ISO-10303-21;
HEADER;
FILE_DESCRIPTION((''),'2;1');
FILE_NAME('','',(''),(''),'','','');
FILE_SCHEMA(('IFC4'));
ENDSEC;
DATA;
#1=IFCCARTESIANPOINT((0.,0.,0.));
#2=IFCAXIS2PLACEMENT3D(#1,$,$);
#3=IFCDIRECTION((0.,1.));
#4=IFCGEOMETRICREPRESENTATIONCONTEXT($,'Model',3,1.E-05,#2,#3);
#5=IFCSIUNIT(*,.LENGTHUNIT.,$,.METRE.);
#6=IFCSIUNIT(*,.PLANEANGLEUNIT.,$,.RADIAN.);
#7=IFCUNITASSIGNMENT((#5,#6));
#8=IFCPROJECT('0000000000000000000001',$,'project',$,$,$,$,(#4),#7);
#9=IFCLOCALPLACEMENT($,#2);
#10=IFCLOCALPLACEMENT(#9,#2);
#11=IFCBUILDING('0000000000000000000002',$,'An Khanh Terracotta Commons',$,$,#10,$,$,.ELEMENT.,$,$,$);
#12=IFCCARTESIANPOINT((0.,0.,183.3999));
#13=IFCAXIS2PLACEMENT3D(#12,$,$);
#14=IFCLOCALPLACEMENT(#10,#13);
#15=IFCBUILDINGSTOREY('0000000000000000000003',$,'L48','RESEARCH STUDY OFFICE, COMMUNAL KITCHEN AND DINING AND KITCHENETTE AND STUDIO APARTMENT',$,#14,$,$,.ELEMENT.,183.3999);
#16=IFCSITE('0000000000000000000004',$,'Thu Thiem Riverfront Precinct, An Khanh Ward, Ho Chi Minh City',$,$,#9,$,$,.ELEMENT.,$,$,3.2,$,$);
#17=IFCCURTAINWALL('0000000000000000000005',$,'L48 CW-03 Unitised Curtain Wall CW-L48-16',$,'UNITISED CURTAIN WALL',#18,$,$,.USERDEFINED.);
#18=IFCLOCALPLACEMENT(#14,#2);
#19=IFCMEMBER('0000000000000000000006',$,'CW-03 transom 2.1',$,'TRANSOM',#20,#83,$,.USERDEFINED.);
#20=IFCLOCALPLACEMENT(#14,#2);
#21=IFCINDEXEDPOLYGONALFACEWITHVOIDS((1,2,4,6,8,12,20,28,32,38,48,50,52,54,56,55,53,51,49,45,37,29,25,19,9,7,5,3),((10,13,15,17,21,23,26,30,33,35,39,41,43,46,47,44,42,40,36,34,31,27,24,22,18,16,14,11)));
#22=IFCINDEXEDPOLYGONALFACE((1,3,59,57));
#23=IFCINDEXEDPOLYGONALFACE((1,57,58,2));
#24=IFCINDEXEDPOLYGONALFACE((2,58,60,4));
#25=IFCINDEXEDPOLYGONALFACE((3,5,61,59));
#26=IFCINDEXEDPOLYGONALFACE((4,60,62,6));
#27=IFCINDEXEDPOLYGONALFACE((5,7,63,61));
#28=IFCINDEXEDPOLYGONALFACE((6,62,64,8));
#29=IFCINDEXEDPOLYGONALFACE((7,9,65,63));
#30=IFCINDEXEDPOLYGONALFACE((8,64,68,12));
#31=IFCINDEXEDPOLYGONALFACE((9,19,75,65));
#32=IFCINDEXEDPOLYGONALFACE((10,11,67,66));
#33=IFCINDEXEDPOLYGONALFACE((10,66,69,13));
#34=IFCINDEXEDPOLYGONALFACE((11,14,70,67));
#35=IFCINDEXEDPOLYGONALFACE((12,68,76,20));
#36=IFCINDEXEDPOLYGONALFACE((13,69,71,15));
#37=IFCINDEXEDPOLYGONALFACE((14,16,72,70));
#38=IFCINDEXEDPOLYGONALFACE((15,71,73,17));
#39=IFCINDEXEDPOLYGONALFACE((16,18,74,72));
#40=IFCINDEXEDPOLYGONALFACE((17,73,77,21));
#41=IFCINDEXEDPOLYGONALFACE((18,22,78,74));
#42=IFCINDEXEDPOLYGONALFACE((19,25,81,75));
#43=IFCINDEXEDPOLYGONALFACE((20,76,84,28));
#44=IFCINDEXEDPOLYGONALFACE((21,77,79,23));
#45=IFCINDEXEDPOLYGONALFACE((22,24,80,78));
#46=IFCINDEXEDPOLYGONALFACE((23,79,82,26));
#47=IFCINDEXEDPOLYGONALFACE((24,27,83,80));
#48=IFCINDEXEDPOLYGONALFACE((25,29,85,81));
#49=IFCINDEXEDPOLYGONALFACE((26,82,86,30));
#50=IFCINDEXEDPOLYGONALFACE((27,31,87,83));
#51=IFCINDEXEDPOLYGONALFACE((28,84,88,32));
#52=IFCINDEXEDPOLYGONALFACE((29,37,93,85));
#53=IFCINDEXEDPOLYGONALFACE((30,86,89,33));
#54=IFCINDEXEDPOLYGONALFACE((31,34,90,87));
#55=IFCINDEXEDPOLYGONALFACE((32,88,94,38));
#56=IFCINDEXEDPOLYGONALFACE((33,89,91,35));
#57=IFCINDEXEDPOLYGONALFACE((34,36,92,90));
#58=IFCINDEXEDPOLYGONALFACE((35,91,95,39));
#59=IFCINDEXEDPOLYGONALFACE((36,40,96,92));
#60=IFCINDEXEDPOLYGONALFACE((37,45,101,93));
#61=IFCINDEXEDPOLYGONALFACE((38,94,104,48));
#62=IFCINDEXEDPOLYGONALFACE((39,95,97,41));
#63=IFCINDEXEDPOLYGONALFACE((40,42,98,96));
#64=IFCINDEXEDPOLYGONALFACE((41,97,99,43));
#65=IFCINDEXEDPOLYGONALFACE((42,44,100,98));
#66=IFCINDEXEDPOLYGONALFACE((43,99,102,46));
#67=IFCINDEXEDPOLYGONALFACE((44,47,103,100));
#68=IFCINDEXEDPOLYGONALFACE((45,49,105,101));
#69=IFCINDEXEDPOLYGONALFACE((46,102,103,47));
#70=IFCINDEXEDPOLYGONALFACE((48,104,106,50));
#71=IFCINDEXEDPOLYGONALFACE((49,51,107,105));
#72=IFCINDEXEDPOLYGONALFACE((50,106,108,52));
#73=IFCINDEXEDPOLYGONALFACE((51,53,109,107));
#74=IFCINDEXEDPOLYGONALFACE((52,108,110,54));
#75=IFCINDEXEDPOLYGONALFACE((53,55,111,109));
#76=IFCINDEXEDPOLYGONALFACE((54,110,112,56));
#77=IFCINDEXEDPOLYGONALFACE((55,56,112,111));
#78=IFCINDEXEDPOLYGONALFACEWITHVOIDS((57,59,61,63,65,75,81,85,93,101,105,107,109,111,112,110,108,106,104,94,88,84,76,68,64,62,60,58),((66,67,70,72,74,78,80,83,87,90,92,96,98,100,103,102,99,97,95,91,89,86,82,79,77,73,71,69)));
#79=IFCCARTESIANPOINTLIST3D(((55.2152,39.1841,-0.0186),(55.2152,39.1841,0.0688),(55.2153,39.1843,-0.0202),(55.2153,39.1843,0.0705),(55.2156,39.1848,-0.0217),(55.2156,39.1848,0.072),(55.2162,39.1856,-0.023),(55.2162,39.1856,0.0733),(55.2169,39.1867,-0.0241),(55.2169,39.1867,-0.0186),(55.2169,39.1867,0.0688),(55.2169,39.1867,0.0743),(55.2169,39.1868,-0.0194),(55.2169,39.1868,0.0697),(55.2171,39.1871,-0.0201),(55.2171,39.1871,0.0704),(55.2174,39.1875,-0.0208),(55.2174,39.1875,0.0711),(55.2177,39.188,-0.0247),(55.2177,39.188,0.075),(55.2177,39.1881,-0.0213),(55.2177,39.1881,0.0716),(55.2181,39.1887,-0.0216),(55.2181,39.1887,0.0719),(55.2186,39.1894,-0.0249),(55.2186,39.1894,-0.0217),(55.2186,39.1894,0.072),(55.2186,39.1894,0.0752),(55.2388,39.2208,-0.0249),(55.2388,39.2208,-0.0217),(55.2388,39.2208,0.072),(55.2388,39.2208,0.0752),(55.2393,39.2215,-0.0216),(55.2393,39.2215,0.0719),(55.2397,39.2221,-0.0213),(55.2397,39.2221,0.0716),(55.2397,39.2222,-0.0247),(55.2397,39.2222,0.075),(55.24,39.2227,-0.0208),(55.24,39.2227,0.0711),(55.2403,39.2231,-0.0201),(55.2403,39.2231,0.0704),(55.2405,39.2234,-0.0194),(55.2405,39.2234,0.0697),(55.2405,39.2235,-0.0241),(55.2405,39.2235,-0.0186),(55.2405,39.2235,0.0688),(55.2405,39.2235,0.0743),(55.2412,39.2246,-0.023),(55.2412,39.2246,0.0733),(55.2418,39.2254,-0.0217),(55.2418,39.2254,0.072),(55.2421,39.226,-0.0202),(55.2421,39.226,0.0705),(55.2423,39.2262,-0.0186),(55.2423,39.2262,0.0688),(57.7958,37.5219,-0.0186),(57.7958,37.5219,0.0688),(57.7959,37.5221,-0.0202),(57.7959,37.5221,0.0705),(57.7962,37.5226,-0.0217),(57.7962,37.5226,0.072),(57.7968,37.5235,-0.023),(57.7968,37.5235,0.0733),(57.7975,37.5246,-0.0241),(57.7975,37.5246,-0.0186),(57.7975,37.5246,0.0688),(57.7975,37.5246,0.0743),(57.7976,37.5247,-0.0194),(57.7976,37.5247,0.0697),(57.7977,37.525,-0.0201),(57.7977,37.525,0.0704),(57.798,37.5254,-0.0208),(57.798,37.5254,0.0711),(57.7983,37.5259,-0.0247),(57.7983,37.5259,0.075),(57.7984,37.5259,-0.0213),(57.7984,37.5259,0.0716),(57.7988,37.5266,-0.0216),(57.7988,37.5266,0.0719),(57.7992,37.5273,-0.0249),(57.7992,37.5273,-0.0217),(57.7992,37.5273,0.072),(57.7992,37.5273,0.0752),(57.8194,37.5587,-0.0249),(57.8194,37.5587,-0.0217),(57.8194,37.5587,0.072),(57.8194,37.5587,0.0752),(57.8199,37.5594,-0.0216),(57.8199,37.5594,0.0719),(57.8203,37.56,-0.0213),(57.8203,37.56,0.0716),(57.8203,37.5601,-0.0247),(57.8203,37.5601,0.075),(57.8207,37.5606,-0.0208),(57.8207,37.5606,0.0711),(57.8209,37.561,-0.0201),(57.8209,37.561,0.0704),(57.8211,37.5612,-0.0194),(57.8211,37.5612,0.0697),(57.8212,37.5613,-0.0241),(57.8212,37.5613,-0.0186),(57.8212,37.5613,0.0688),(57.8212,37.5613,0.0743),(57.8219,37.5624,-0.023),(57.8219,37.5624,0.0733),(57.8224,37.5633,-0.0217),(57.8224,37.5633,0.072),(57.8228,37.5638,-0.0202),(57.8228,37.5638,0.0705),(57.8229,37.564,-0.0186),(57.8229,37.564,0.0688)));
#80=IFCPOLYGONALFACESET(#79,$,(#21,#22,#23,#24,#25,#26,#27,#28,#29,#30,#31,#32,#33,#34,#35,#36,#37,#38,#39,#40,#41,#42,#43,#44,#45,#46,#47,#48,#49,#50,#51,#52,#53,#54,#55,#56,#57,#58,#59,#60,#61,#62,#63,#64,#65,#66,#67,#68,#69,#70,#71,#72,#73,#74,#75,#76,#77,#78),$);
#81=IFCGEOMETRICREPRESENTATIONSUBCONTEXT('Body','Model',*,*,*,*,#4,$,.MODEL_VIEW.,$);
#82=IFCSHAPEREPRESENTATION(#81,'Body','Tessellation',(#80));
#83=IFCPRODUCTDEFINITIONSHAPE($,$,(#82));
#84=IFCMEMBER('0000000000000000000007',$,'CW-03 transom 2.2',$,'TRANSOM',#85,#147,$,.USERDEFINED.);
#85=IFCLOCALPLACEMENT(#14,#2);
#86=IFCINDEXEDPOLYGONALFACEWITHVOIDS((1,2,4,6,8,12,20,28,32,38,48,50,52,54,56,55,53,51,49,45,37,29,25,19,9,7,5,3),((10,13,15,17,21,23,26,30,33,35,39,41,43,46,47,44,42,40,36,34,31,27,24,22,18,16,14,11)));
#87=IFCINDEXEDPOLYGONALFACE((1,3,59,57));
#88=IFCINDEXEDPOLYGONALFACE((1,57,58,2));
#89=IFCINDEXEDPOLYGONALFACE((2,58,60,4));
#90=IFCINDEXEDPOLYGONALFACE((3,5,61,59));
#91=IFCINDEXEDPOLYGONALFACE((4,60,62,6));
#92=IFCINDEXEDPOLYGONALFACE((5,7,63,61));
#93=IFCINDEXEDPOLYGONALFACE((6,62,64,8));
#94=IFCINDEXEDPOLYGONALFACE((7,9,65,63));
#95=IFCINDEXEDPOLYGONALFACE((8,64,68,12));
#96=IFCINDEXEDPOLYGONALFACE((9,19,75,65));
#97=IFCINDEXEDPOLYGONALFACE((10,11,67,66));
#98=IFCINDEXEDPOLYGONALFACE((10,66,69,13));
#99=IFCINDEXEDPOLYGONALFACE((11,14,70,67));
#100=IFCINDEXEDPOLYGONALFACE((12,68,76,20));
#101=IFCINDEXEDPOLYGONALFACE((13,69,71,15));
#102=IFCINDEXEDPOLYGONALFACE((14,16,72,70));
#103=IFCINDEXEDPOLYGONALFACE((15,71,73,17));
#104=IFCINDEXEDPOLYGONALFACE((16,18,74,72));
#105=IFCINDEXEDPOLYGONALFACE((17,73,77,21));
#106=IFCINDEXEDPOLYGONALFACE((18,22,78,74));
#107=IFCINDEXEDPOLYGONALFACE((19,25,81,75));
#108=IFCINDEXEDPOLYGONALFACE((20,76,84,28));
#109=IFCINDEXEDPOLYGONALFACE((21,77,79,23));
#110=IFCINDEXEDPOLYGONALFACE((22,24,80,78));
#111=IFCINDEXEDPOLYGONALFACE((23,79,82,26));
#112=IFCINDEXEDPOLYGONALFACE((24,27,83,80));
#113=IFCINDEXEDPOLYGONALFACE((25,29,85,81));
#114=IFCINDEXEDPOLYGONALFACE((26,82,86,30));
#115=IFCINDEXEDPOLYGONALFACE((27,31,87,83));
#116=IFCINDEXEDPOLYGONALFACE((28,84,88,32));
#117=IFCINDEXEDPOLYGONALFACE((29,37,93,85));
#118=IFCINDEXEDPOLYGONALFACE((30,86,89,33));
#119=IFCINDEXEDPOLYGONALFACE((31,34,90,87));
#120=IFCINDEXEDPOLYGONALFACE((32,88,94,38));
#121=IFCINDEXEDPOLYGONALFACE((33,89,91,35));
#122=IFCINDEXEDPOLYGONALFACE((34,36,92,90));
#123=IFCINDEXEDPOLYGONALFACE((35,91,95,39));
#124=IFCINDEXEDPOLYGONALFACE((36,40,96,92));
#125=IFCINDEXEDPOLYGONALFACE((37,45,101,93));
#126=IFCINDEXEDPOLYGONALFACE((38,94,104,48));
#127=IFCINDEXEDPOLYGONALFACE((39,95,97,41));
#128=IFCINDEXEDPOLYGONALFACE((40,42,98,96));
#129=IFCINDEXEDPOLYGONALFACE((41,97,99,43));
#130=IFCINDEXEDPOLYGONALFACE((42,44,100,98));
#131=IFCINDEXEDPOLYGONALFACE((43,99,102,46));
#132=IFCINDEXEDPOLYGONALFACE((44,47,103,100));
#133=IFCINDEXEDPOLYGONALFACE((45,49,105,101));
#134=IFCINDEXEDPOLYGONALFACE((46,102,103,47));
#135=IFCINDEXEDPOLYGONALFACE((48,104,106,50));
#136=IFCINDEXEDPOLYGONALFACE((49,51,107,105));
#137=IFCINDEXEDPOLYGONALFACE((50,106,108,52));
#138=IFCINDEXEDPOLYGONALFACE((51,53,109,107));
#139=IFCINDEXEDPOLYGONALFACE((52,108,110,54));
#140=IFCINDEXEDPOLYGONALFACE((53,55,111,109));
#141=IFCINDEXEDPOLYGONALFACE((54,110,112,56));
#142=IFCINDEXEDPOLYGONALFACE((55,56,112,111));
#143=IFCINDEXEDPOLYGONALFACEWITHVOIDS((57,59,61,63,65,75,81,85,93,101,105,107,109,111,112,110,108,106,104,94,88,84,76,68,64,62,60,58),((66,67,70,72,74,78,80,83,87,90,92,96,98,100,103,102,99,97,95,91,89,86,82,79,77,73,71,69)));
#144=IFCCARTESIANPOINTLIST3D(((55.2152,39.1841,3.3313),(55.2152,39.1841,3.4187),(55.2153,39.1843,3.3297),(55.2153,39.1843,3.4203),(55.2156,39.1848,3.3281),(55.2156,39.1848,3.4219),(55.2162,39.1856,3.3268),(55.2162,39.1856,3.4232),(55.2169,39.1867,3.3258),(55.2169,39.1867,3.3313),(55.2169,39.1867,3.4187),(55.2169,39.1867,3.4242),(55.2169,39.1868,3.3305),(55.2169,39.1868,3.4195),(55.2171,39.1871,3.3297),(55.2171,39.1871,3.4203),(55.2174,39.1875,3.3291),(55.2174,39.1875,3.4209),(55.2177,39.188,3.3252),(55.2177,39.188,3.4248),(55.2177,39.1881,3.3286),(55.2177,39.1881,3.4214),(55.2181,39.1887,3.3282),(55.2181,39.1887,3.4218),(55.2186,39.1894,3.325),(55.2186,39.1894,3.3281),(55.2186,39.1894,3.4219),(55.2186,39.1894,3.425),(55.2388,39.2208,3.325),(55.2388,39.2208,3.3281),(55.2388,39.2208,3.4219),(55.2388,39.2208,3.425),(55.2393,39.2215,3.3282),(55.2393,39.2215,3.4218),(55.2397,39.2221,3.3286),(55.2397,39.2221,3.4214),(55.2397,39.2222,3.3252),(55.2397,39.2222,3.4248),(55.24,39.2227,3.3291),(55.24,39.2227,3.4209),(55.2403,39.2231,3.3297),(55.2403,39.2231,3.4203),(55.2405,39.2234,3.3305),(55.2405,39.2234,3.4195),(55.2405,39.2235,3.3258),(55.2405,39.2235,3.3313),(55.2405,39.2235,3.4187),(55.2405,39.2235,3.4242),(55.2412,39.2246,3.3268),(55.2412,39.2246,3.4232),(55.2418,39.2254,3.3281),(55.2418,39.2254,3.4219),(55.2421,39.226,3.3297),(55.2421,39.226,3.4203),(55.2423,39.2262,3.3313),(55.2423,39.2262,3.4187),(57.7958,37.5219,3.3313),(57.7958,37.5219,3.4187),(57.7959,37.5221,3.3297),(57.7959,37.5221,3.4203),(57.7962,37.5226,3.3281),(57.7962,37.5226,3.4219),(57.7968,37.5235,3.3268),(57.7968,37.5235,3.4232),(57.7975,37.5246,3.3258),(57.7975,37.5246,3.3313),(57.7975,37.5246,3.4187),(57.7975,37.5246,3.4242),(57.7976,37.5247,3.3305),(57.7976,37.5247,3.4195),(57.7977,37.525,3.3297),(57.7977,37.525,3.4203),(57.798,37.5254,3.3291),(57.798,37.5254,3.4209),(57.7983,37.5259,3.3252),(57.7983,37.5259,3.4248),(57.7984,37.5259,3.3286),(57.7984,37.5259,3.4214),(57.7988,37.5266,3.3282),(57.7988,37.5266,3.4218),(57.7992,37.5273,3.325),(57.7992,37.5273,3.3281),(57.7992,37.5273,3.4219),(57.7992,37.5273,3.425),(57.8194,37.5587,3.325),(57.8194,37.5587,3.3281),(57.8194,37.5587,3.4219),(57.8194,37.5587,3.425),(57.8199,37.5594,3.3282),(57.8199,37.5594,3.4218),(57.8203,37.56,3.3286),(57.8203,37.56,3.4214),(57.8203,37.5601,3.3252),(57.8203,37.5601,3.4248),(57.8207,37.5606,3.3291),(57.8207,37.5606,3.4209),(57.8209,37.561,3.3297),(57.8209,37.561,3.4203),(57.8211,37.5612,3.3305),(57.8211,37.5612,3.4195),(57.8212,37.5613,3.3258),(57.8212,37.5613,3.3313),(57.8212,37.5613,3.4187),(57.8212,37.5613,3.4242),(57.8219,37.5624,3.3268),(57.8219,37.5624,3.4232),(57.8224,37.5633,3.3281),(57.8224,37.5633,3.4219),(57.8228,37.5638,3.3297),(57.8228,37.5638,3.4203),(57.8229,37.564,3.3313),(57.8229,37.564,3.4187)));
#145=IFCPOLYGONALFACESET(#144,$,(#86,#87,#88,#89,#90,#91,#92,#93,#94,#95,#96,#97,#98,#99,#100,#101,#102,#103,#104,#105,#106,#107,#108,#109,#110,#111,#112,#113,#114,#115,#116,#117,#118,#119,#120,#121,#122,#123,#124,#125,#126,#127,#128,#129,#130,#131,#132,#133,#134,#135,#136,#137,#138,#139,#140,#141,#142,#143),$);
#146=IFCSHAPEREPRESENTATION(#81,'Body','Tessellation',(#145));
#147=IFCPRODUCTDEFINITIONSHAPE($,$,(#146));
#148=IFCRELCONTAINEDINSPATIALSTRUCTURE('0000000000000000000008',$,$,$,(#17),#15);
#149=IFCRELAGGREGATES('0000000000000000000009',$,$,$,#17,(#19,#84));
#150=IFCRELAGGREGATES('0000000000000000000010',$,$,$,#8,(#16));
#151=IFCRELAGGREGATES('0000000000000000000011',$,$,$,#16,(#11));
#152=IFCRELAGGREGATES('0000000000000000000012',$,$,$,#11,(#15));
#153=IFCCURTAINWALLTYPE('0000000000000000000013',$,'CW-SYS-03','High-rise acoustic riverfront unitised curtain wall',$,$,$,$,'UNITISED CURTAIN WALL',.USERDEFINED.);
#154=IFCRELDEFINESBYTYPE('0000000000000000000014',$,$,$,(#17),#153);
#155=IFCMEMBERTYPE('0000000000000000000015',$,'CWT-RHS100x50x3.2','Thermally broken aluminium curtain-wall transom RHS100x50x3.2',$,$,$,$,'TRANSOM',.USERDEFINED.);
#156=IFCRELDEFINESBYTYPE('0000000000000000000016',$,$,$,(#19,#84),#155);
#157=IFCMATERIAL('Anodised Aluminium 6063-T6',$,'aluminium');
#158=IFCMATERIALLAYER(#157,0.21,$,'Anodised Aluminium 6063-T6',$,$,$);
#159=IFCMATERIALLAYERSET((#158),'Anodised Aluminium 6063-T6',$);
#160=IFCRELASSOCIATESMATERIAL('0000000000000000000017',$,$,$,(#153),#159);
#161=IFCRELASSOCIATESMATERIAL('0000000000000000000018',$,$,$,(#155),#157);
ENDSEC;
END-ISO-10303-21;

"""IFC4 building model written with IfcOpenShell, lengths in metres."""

from ifc_helpers import new_model, si_unit, direction, frame, origin, origin_2d, place, context, subcontext, project, spatial, hollow_rectangle, extrude, material, layer, layer_set, material_profile, profile_set, type_object, element, aggregate, save


model = new_model("IFC4")

# Units and contexts
model_context = context("Model", 3, precision=1e-05, world=origin(), true_north=direction((0.0, 1.0)))
body_context = subcontext(model_context, "Body", "Model", "MODEL_VIEW")
ifc_project = project(units=[si_unit("LENGTHUNIT", "METRE"), si_unit("PLANEANGLEUNIT", "RADIAN")], contexts=[model_context])

# Site, building, storey
site_placement = place(None, origin())
site = spatial("IfcSite", under=ifc_project, at=site_placement, Name="Thu Thiem Riverfront Precinct, An Khanh Ward, Ho Chi Minh City", CompositionType="ELEMENT", RefElevation=3.2)
building_placement = place(site_placement, origin())
building = spatial("IfcBuilding", under=site, at=building_placement, Name="An Khanh Terracotta Commons", CompositionType="ELEMENT")
storey_placement = place(building_placement, frame((0.0, 0.0, 183.3999)))
storey = spatial("IfcBuildingStorey", under=building, at=storey_placement, Name="L48", Description="RESEARCH STUDY OFFICE, COMMUNAL KITCHEN AND DINING AND KITCHENETTE AND STUDIO APARTMENT", CompositionType="ELEMENT", Elevation=183.3999)

# Curtain wall, members
ifc_material_1 = material(Name="Anodised Aluminium 6063-T6", Category="aluminium")
ifc_layer_1 = layer(ifc_material_1, 0.21, Name="Anodised Aluminium 6063-T6")
ifc_layer_set_1 = layer_set([ifc_layer_1], Name="Anodised Aluminium 6063-T6")
curtain_wall_type_1 = type_object("IfcCurtainWallType", Name="CW-SYS-03", Description="High-rise acoustic riverfront unitised curtain wall", ElementType="UNITISED CURTAIN WALL", PredefinedType="USERDEFINED", material=ifc_layer_set_1)
curtain_wall_1_placement = place(storey_placement, origin())
curtain_wall_1 = element("IfcCurtainWall", 1, at=curtain_wall_1_placement, inside=storey, type_object=curtain_wall_type_1, Name="L48 CW-03 Unitised Curtain Wall CW-L48-16", ObjectType="UNITISED CURTAIN WALL", PredefinedType="USERDEFINED")
ifc_material_profile_1 = material_profile(ifc_material_1, hollow_rectangle(XDim=0.05, YDim=0.1001, WallThickness=0.0032, InnerFilletRadius=0.0032, OuterFilletRadius=0.0063, at=origin_2d()), Name="RHS100x50x3.2")
ifc_profile_set_1 = profile_set([ifc_material_profile_1], Name="Anodised Aluminium 6063-T6")
member_type_1 = type_object("IfcMemberType", Name="CWT-RHS100x50x3.2", Description="Thermally broken aluminium curtain-wall transom RHS100x50x3.2", ElementType="TRANSOM", PredefinedType="USERDEFINED", material=ifc_profile_set_1)
member_1_placement = place(storey_placement, frame((57.8093, 37.543, 0.0251), z_axis=(-0.840708, 0.541489, 0.0), x_axis=(-0.541489, -0.840708, 0.0)))
member_1 = element("IfcMember", 2, at=member_1_placement, type_object=member_type_1, Name="CW-03 transom 2.1", ObjectType="TRANSOM", PredefinedType="USERDEFINED", context=body_context, shape_type="SweptSolid", body=[
    extrude(hollow_rectangle(XDim=0.05, YDim=0.1001, WallThickness=0.0032, InnerFilletRadius=0.0032, OuterFilletRadius=0.0063, at=origin_2d()), origin(), (0.0, 0.0, 1.0), 3.0696),
])
member_2_placement = place(storey_placement, frame((57.8093, 37.543, 3.375), z_axis=(-0.840708, 0.541489, 0.0), x_axis=(-0.541489, -0.840708, 0.0)))
member_2 = element("IfcMember", 3, at=member_2_placement, type_object=member_type_1, Name="CW-03 transom 2.2", ObjectType="TRANSOM", PredefinedType="USERDEFINED", context=body_context, shape_type="SweptSolid", body=[
    extrude(hollow_rectangle(XDim=0.05, YDim=0.1001, WallThickness=0.0032, InnerFilletRadius=0.0032, OuterFilletRadius=0.0063, at=origin_2d()), origin(), (0.0, 0.0, 1.0), 3.0696),
])

aggregate(curtain_wall_1, [member_1, member_2])

save(model, "model.ifc")
